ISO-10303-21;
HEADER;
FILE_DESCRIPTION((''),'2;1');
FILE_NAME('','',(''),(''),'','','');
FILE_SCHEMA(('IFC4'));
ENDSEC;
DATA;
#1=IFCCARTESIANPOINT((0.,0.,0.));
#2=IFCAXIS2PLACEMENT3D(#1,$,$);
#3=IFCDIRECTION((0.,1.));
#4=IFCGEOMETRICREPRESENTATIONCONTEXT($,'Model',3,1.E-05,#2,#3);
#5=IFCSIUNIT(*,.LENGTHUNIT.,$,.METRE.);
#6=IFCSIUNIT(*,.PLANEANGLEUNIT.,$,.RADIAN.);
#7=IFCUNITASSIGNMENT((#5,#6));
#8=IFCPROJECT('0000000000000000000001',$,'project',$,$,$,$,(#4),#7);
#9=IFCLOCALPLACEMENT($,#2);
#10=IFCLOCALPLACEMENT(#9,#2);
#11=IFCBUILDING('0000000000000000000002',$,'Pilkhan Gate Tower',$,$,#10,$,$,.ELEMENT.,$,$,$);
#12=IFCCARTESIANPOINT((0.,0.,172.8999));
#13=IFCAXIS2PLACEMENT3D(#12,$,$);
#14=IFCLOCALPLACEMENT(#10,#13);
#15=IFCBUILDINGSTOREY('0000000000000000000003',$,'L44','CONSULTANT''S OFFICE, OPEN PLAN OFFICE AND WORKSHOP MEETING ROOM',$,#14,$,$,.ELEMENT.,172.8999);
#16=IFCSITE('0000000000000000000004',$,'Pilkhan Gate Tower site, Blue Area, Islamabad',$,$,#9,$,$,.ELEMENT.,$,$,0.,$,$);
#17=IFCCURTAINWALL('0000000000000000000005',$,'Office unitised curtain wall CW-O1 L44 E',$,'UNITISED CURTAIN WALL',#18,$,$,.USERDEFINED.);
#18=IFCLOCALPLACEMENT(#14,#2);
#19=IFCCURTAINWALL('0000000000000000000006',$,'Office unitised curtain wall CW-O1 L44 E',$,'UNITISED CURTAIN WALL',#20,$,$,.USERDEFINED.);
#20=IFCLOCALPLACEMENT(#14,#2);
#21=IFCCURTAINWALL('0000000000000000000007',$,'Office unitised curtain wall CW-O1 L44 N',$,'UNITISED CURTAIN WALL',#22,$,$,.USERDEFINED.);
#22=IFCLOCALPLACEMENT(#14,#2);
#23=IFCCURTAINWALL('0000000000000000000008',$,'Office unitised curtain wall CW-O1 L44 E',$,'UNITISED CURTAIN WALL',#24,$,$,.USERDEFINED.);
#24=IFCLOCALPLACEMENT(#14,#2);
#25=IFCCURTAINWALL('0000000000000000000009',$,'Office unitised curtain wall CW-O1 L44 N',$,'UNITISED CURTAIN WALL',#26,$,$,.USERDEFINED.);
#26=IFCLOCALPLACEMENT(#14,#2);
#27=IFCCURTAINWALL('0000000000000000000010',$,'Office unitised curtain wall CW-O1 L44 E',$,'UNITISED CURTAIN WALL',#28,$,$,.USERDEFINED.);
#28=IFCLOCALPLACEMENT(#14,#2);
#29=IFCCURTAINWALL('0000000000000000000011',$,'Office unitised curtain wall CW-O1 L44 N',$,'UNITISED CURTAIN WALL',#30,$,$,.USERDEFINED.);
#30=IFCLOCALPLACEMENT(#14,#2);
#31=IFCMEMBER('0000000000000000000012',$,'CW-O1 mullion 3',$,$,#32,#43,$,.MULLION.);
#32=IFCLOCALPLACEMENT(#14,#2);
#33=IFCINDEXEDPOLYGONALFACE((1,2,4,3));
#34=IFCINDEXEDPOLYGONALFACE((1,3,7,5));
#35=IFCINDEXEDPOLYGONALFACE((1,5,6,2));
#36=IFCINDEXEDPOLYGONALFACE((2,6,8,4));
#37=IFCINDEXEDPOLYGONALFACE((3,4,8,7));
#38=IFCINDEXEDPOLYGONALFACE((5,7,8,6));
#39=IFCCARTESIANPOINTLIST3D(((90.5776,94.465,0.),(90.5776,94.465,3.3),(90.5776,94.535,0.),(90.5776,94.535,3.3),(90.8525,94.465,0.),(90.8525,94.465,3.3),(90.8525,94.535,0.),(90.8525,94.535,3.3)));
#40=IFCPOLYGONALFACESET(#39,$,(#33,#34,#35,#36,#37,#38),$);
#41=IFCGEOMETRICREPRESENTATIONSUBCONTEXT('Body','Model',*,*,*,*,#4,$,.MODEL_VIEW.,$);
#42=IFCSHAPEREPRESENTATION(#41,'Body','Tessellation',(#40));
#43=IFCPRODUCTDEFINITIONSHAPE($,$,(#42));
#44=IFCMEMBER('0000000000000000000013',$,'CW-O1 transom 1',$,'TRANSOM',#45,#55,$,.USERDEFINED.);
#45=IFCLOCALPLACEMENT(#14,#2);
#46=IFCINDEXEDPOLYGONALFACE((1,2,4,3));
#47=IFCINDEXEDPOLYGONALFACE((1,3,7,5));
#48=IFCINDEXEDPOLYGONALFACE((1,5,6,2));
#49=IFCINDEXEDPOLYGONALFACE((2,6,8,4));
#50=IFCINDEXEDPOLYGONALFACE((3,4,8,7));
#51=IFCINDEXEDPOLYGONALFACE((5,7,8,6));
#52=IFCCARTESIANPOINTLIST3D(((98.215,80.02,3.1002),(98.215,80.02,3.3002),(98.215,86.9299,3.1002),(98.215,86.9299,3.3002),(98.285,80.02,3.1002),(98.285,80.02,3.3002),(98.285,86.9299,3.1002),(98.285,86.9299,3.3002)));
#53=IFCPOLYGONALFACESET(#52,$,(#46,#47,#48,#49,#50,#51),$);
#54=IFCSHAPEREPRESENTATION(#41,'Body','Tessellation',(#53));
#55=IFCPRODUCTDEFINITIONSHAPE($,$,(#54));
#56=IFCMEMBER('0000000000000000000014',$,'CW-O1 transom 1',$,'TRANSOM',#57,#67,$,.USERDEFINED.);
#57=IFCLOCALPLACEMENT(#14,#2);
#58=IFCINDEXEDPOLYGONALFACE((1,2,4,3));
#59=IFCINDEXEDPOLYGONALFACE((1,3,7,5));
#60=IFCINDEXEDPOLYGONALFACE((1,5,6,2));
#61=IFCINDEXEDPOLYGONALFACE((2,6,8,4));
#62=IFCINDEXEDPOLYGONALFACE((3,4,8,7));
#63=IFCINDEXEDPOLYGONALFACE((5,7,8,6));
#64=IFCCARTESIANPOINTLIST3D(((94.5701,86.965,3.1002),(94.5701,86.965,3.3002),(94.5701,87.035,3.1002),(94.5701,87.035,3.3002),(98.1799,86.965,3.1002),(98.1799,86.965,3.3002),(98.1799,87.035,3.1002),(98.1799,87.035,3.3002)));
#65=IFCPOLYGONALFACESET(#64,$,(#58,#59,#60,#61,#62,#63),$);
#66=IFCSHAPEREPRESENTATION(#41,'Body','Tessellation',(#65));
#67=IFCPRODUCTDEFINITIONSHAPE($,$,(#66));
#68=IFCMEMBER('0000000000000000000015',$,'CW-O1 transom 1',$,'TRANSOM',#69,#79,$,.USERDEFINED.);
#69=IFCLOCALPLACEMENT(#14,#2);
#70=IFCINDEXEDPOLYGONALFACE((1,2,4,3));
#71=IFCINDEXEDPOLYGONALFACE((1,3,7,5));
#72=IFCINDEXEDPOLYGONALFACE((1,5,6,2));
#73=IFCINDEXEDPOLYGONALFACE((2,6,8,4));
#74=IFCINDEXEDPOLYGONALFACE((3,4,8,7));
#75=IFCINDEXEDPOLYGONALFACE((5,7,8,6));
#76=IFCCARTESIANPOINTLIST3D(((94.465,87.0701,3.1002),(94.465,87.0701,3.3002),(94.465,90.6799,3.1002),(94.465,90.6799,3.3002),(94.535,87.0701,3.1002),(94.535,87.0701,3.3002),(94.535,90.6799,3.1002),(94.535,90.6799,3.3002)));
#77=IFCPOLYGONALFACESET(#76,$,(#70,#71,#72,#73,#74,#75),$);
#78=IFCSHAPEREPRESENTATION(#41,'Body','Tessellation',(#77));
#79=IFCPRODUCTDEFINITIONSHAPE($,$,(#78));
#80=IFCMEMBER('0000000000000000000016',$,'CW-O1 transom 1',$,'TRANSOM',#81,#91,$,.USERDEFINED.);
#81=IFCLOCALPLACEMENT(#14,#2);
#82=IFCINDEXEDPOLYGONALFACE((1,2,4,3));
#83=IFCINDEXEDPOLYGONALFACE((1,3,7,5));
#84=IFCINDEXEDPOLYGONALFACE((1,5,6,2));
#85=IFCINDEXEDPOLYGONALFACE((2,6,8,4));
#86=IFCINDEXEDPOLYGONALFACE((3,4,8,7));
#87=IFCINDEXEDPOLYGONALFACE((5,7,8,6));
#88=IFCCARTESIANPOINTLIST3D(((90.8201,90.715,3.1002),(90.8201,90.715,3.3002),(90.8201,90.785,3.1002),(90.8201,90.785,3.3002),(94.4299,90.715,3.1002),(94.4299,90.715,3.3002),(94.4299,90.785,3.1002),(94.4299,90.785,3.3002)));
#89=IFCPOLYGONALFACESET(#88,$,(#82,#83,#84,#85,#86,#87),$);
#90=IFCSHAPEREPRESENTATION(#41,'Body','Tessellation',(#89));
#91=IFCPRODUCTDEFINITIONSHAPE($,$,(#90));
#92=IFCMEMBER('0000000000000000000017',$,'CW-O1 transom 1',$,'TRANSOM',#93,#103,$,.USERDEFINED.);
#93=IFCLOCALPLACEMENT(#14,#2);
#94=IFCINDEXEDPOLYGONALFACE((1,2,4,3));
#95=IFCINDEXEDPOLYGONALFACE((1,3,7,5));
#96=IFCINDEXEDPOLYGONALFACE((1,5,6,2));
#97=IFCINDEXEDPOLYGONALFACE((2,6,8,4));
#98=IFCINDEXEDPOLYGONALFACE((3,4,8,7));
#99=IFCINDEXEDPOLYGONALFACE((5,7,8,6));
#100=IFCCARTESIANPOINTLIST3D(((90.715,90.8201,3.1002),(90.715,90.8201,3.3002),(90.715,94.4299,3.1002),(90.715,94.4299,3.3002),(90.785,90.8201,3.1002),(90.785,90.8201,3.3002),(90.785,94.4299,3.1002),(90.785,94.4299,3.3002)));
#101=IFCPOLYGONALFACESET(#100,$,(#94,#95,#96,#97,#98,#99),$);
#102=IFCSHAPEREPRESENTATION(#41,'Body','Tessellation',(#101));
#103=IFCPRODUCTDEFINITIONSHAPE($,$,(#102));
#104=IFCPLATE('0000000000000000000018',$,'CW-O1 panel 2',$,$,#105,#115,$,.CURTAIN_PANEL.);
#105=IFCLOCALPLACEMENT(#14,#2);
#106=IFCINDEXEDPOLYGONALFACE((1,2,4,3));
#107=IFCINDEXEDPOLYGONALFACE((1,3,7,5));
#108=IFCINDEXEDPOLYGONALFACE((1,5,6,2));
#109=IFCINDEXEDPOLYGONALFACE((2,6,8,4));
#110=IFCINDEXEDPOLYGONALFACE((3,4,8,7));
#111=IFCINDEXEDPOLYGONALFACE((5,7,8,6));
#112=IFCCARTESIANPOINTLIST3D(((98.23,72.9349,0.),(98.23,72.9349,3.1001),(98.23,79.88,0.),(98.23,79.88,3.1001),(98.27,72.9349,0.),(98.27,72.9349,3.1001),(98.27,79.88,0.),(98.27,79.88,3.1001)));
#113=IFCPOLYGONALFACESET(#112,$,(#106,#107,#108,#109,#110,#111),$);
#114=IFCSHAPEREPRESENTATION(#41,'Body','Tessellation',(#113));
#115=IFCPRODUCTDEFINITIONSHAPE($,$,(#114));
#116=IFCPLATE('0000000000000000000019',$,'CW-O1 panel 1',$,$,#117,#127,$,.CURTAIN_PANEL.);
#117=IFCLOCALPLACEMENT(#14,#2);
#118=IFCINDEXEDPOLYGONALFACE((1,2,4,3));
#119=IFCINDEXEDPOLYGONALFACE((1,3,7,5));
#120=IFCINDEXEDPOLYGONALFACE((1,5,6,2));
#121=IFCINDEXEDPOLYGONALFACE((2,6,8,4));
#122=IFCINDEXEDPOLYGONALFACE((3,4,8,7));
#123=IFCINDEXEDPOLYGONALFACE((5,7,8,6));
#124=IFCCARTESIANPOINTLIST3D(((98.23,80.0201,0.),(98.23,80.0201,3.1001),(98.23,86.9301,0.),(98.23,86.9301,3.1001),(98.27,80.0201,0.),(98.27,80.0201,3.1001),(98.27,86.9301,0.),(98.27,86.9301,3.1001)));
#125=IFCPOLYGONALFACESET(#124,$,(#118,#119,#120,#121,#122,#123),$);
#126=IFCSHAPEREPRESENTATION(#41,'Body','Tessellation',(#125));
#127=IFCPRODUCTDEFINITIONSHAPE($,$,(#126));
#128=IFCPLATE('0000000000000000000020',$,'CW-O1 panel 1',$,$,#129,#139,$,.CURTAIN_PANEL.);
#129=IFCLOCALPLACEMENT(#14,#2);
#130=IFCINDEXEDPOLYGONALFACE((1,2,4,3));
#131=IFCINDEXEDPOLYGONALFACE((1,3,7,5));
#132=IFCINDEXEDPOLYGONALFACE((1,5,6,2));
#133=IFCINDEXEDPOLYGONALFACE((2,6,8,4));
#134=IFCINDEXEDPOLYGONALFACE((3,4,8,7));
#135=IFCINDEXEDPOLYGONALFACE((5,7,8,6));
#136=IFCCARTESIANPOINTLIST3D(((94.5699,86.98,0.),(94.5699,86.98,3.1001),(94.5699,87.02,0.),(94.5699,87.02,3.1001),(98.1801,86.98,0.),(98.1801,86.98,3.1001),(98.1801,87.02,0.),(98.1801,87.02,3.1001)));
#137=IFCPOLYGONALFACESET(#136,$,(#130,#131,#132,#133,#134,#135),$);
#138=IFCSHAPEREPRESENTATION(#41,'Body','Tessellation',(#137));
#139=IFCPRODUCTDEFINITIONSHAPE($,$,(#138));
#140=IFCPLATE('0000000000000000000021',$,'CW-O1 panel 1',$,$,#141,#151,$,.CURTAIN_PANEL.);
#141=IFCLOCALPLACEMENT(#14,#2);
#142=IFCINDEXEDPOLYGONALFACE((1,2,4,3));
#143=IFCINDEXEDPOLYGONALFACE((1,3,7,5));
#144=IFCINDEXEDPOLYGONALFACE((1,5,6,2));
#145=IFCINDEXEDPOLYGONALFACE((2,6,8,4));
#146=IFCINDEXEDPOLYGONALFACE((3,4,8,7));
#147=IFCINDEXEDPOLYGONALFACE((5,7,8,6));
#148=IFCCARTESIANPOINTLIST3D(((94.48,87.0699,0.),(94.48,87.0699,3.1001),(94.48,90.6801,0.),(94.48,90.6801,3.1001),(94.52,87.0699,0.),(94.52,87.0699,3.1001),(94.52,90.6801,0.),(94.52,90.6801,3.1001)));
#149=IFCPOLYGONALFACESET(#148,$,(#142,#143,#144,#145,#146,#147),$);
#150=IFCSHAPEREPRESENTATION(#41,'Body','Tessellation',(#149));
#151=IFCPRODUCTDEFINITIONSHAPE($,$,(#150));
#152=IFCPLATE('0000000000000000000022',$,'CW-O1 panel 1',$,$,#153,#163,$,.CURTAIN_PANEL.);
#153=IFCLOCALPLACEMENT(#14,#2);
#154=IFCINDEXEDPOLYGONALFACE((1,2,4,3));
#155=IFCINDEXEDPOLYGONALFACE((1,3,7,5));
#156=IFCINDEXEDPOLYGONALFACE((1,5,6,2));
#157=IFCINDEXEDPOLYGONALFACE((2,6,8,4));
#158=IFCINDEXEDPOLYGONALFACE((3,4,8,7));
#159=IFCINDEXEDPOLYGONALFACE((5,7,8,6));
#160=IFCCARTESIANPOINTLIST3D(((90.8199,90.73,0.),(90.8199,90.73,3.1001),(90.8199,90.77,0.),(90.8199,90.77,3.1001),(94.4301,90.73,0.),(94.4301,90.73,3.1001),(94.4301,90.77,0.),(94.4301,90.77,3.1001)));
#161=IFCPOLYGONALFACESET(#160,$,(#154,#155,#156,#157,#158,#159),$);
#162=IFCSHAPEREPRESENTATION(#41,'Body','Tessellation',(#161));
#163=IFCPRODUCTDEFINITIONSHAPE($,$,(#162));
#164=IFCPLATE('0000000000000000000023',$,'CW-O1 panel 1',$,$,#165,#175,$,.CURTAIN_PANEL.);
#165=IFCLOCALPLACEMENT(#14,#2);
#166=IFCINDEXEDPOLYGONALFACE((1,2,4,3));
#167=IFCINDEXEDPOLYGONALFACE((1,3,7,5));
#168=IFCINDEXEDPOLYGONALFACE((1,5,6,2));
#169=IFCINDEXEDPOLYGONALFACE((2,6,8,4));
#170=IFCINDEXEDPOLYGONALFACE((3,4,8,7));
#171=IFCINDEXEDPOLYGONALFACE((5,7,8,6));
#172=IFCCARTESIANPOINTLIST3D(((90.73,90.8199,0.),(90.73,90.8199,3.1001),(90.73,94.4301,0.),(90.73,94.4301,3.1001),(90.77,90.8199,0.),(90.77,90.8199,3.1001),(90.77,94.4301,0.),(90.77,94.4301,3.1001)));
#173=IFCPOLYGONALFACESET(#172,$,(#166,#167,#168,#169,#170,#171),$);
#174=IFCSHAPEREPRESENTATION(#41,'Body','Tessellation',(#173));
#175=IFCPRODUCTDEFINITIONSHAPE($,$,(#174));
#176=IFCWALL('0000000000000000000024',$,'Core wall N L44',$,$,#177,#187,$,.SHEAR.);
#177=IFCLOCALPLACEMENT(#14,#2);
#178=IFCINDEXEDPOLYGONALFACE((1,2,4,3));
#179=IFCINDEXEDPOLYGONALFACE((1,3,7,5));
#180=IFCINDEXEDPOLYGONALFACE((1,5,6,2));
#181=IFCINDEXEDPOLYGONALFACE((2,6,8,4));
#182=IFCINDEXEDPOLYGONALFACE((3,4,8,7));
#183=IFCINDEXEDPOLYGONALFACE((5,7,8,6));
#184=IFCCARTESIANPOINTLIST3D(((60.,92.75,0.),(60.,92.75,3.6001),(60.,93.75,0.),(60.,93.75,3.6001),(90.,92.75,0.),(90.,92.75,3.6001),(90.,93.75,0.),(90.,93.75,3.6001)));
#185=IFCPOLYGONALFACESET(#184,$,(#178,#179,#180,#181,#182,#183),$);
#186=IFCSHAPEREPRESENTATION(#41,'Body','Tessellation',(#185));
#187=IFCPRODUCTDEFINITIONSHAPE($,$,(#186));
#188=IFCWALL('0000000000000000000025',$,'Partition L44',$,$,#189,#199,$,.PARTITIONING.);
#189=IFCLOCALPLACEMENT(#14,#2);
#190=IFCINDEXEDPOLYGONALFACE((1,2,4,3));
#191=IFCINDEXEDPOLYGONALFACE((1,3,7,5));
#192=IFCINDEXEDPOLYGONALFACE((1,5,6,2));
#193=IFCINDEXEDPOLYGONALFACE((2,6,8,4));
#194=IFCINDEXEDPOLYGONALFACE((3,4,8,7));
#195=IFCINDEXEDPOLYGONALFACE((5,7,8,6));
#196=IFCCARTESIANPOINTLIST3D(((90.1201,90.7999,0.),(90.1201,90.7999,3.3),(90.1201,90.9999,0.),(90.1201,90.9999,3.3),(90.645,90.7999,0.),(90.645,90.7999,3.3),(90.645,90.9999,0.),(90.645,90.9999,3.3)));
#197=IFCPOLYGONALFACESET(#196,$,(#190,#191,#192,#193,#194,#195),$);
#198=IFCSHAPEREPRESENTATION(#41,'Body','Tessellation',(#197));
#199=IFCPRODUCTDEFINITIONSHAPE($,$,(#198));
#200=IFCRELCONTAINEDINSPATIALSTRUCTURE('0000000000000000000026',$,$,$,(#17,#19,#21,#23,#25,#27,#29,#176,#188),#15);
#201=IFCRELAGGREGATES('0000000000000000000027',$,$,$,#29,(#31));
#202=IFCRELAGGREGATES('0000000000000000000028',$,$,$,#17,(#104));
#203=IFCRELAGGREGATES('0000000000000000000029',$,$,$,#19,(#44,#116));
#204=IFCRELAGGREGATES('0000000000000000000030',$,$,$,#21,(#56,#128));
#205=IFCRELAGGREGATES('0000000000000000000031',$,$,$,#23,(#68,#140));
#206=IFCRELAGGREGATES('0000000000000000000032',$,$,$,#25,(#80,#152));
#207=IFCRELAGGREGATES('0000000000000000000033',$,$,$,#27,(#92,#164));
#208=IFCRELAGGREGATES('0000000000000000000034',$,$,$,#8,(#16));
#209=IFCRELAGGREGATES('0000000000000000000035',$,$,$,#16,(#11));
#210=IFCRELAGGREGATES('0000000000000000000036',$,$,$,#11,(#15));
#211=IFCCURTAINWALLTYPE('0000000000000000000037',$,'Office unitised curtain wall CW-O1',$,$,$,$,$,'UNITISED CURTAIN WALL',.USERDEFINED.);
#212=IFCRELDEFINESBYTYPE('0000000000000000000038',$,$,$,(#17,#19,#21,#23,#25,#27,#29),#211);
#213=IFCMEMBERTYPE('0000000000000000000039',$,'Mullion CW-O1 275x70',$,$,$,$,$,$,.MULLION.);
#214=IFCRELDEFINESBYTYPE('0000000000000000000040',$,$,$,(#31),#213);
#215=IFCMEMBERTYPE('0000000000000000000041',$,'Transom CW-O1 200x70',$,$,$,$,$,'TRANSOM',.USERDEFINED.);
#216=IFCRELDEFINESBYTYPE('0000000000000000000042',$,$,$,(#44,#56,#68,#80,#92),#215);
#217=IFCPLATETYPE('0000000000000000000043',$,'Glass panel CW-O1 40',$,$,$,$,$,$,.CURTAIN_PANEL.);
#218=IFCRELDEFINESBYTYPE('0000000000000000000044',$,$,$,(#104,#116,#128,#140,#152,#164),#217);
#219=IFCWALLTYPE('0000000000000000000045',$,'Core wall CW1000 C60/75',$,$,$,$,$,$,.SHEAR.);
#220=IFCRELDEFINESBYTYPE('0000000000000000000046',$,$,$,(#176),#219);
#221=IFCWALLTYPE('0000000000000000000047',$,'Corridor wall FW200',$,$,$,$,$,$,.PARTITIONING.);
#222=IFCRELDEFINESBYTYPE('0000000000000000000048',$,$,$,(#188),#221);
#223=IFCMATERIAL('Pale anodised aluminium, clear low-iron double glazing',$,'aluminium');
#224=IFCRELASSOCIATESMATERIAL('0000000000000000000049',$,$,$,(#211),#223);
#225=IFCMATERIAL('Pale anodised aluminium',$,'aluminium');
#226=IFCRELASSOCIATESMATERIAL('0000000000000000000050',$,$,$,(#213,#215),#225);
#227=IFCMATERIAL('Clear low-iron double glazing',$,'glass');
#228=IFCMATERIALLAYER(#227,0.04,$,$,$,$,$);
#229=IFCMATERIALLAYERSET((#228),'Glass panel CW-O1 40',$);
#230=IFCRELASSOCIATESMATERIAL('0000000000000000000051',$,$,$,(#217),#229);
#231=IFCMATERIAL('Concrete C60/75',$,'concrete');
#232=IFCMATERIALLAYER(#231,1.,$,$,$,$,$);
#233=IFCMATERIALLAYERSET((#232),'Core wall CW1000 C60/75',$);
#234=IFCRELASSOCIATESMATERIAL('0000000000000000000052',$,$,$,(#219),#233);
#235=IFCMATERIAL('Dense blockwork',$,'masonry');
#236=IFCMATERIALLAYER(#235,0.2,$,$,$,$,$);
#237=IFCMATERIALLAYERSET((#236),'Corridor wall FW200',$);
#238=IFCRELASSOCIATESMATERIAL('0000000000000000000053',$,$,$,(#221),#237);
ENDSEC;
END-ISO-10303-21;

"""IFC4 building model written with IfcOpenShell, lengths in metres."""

from ifc_helpers import new_model, si_unit, direction, frame, frame_2d, origin, origin_2d, place, context, subcontext, project, spatial, rectangle, extrude, material, layer, layer_set, material_profile, profile_set, type_object, element, aggregate, save


model = new_model("IFC4")

# Units and contexts
model_context = context("Model", 3, precision=1e-05, world=origin(), true_north=direction((0.0, 1.0)))
body_context = subcontext(model_context, "Body", "Model", "MODEL_VIEW")
ifc_project = project(units=[si_unit("LENGTHUNIT", "METRE"), si_unit("PLANEANGLEUNIT", "RADIAN")], contexts=[model_context])

# Site, building, storey
site_placement = place(None, origin())
site = spatial("IfcSite", under=ifc_project, at=site_placement, Name="Pilkhan Gate Tower site, Blue Area, Islamabad", CompositionType="ELEMENT", RefElevation=0.0)
building_placement = place(site_placement, origin())
building = spatial("IfcBuilding", under=site, at=building_placement, Name="Pilkhan Gate Tower", CompositionType="ELEMENT")
storey_placement = place(building_placement, frame((0.0, 0.0, 172.8999)))
storey = spatial("IfcBuildingStorey", under=building, at=storey_placement, Name="L44", Description="CONSULTANT'S OFFICE, OPEN PLAN OFFICE AND WORKSHOP MEETING ROOM", CompositionType="ELEMENT", Elevation=172.8999)

# Shared definitions
ifc_material_1 = material(Name="Concrete C60/75", Category="concrete")

# Curtain wall
ifc_material_2 = material(Name="Pale anodised aluminium, clear low-iron double glazing", Category="aluminium")
curtain_wall_type = type_object("IfcCurtainWallType", Name="Office unitised curtain wall CW-O1", ElementType="UNITISED CURTAIN WALL", PredefinedType="USERDEFINED", material=ifc_material_2)
curtain_wall_1_placement = place(storey_placement, origin())
curtain_wall_1 = element("IfcCurtainWall", 1, at=curtain_wall_1_placement, inside=storey, type_object=curtain_wall_type, Name="Office unitised curtain wall CW-O1 L44 E", ObjectType="UNITISED CURTAIN WALL", PredefinedType="USERDEFINED")
ifc_material_3 = material(Name="Pale anodised aluminium", Category="aluminium")
ifc_material_profile_1 = material_profile(ifc_material_3, rectangle(XDim=0.0701, YDim=0.2749, at=origin_2d()), Name="Mullion 275x70")
ifc_profile_set_1 = profile_set([ifc_material_profile_1], Name="Pale anodised aluminium")
member_type_1 = type_object("IfcMemberType", Name="Mullion CW-O1 275x70", PredefinedType="MULLION", material=ifc_profile_set_1)

# Curtain walls
curtain_wall_2_placement = place(storey_placement, origin())
curtain_wall_2 = element("IfcCurtainWall", 2, at=curtain_wall_2_placement, inside=storey, type_object=curtain_wall_type, Name="Office unitised curtain wall CW-O1 L44 E", ObjectType="UNITISED CURTAIN WALL", PredefinedType="USERDEFINED")
curtain_wall_3_placement = place(storey_placement, origin())
curtain_wall_3 = element("IfcCurtainWall", 3, at=curtain_wall_3_placement, inside=storey, type_object=curtain_wall_type, Name="Office unitised curtain wall CW-O1 L44 N", ObjectType="UNITISED CURTAIN WALL", PredefinedType="USERDEFINED")
curtain_wall_4_placement = place(storey_placement, origin())
curtain_wall_4 = element("IfcCurtainWall", 4, at=curtain_wall_4_placement, inside=storey, type_object=curtain_wall_type, Name="Office unitised curtain wall CW-O1 L44 E", ObjectType="UNITISED CURTAIN WALL", PredefinedType="USERDEFINED")
curtain_wall_5_placement = place(storey_placement, origin())
curtain_wall_5 = element("IfcCurtainWall", 5, at=curtain_wall_5_placement, inside=storey, type_object=curtain_wall_type, Name="Office unitised curtain wall CW-O1 L44 N", ObjectType="UNITISED CURTAIN WALL", PredefinedType="USERDEFINED")
curtain_wall_6_placement = place(storey_placement, origin())
curtain_wall_6 = element("IfcCurtainWall", 6, at=curtain_wall_6_placement, inside=storey, type_object=curtain_wall_type, Name="Office unitised curtain wall CW-O1 L44 E", ObjectType="UNITISED CURTAIN WALL", PredefinedType="USERDEFINED")

# Curtain wall, member
curtain_wall_7_placement = place(storey_placement, origin())
curtain_wall_7 = element("IfcCurtainWall", 7, at=curtain_wall_7_placement, inside=storey, type_object=curtain_wall_type, Name="Office unitised curtain wall CW-O1 L44 N", ObjectType="UNITISED CURTAIN WALL", PredefinedType="USERDEFINED")
member_1_placement = place(storey_placement, frame((90.7151, 94.5, 0.0), z_axis=(0.0, 0.0, 1.0), x_axis=(0.0, 1.0, 0.0)))
member_1 = element("IfcMember", 8, at=member_1_placement, type_object=member_type_1, Name="CW-O1 mullion 3", PredefinedType="MULLION", context=body_context, shape_type="SweptSolid", body=[
    extrude(rectangle(XDim=0.0701, YDim=0.2749, at=origin_2d()), origin(), (0.0, 0.0, 1.0), 3.3),
])
aggregate(curtain_wall_7, [member_1])

# Members
ifc_material_profile_2 = material_profile(ifc_material_3, rectangle(XDim=0.0701, YDim=0.2, at=origin_2d()), Name="Transom 200x70")
ifc_profile_set_2 = profile_set([ifc_material_profile_2], Name="Pale anodised aluminium")
member_type_2 = type_object("IfcMemberType", Name="Transom CW-O1 200x70", ElementType="TRANSOM", PredefinedType="USERDEFINED", material=ifc_profile_set_2)
member_2_placement = place(storey_placement, frame((98.25, 80.02, 3.2002), z_axis=(0.0, 1.0, 0.0), x_axis=(-1.0, 0.0, 0.0)))
member_2 = element("IfcMember", 9, at=member_2_placement, type_object=member_type_2, Name="CW-O1 transom 1", ObjectType="TRANSOM", PredefinedType="USERDEFINED", context=body_context, shape_type="SweptSolid", body=[
    extrude(rectangle(XDim=0.0701, YDim=0.2, at=origin_2d()), origin(), (0.0, 0.0, 1.0), 6.9099),
])
member_3_placement = place(storey_placement, frame((94.5701, 87.0, 3.2002), z_axis=(1.0, 0.0, 0.0), x_axis=(0.0, 1.0, 0.0)))
member_3 = element("IfcMember", 10, at=member_3_placement, type_object=member_type_2, Name="CW-O1 transom 1", ObjectType="TRANSOM", PredefinedType="USERDEFINED", context=body_context, shape_type="SweptSolid", body=[
    extrude(rectangle(XDim=0.0701, YDim=0.2, at=origin_2d()), origin(), (0.0, 0.0, 1.0), 3.6099),
])
member_4_placement = place(storey_placement, frame((94.5, 87.0701, 3.2002), z_axis=(0.0, 1.0, 0.0), x_axis=(-1.0, 0.0, 0.0)))
member_4 = element("IfcMember", 11, at=member_4_placement, type_object=member_type_2, Name="CW-O1 transom 1", ObjectType="TRANSOM", PredefinedType="USERDEFINED", context=body_context, shape_type="SweptSolid", body=[
    extrude(rectangle(XDim=0.0701, YDim=0.2, at=origin_2d()), origin(), (0.0, 0.0, 1.0), 3.6099),
])
member_5_placement = place(storey_placement, frame((90.8201, 90.75, 3.2002), z_axis=(1.0, 0.0, 0.0), x_axis=(0.0, 1.0, 0.0)))
member_5 = element("IfcMember", 12, at=member_5_placement, type_object=member_type_2, Name="CW-O1 transom 1", ObjectType="TRANSOM", PredefinedType="USERDEFINED", context=body_context, shape_type="SweptSolid", body=[
    extrude(rectangle(XDim=0.0701, YDim=0.2, at=origin_2d()), origin(), (0.0, 0.0, 1.0), 3.6099),
])
member_6_placement = place(storey_placement, frame((90.75, 90.8201, 3.2002), z_axis=(0.0, 1.0, 0.0), x_axis=(-1.0, 0.0, 0.0)))
member_6 = element("IfcMember", 13, at=member_6_placement, type_object=member_type_2, Name="CW-O1 transom 1", ObjectType="TRANSOM", PredefinedType="USERDEFINED", context=body_context, shape_type="SweptSolid", body=[
    extrude(rectangle(XDim=0.0701, YDim=0.2, at=origin_2d()), origin(), (0.0, 0.0, 1.0), 3.6099),
])

# Plates
ifc_material_4 = material(Name="Clear low-iron double glazing", Category="glass")
ifc_layer_1 = layer(ifc_material_4, 0.04)
ifc_layer_set_1 = layer_set([ifc_layer_1], Name="Glass panel CW-O1 40")
plate_type = type_object("IfcPlateType", Name="Glass panel CW-O1 40", PredefinedType="CURTAIN_PANEL", material=ifc_layer_set_1)
plate_1_placement = place(storey_placement, frame((98.25, 76.4075, 0.0), z_axis=(0.0, 0.0, 1.0), x_axis=(0.0, 1.0, 0.0)))
plate_1 = element("IfcPlate", 14, at=plate_1_placement, type_object=plate_type, Name="CW-O1 panel 2", PredefinedType="CURTAIN_PANEL", context=body_context, shape_type="SweptSolid", body=[
    extrude(rectangle(XDim=6.9451, YDim=0.04, at=origin_2d()), origin(), (0.0, 0.0, 1.0), 3.1001),
])
aggregate(curtain_wall_1, [plate_1])
plate_2_placement = place(storey_placement, frame((98.25, 83.4751, 0.0), z_axis=(0.0, 0.0, 1.0), x_axis=(0.0, 1.0, 0.0)))
plate_2 = element("IfcPlate", 15, at=plate_2_placement, type_object=plate_type, Name="CW-O1 panel 1", PredefinedType="CURTAIN_PANEL", context=body_context, shape_type="SweptSolid", body=[
    extrude(rectangle(XDim=6.9099, YDim=0.04, at=origin_2d()), origin(), (0.0, 0.0, 1.0), 3.1001),
])
aggregate(curtain_wall_2, [member_2, plate_2])
plate_3_placement = place(storey_placement, frame((96.375, 87.0, 0.0), z_axis=(0.0, 0.0, 1.0), x_axis=(1.0, 0.0, 0.0)))
plate_3 = element("IfcPlate", 16, at=plate_3_placement, type_object=plate_type, Name="CW-O1 panel 1", PredefinedType="CURTAIN_PANEL", context=body_context, shape_type="SweptSolid", body=[
    extrude(rectangle(XDim=3.6101, YDim=0.04, at=origin_2d()), origin(), (0.0, 0.0, 1.0), 3.1001),
])
aggregate(curtain_wall_3, [member_3, plate_3])
plate_4_placement = place(storey_placement, frame((94.5, 88.875, 0.0), z_axis=(0.0, 0.0, 1.0), x_axis=(0.0, 1.0, 0.0)))
plate_4 = element("IfcPlate", 17, at=plate_4_placement, type_object=plate_type, Name="CW-O1 panel 1", PredefinedType="CURTAIN_PANEL", context=body_context, shape_type="SweptSolid", body=[
    extrude(rectangle(XDim=3.6101, YDim=0.04, at=origin_2d()), origin(), (0.0, 0.0, 1.0), 3.1001),
])
aggregate(curtain_wall_4, [member_4, plate_4])
plate_5_placement = place(storey_placement, frame((92.625, 90.75, 0.0), z_axis=(0.0, 0.0, 1.0), x_axis=(1.0, 0.0, 0.0)))
plate_5 = element("IfcPlate", 18, at=plate_5_placement, type_object=plate_type, Name="CW-O1 panel 1", PredefinedType="CURTAIN_PANEL", context=body_context, shape_type="SweptSolid", body=[
    extrude(rectangle(XDim=3.6101, YDim=0.04, at=origin_2d()), origin(), (0.0, 0.0, 1.0), 3.1001),
])
aggregate(curtain_wall_5, [member_5, plate_5])
plate_6_placement = place(storey_placement, frame((90.75, 92.625, 0.0), z_axis=(0.0, 0.0, 1.0), x_axis=(0.0, 1.0, 0.0)))
plate_6 = element("IfcPlate", 19, at=plate_6_placement, type_object=plate_type, Name="CW-O1 panel 1", PredefinedType="CURTAIN_PANEL", context=body_context, shape_type="SweptSolid", body=[
    extrude(rectangle(XDim=3.6101, YDim=0.04, at=origin_2d()), origin(), (0.0, 0.0, 1.0), 3.1001),
])
aggregate(curtain_wall_6, [member_6, plate_6])

# Walls
ifc_layer_2 = layer(ifc_material_1, 1.0)
ifc_layer_set_2 = layer_set([ifc_layer_2], Name="Core wall CW1000 C60/75")
wall_type_1 = type_object("IfcWallType", Name="Core wall CW1000 C60/75", PredefinedType="SHEAR", material=ifc_layer_set_2)
wall_1_placement = place(storey_placement, frame((90.0, 93.25, 0.0), z_axis=(0.0, 0.0, 1.0), x_axis=(-1.0, 0.0, 0.0)))
element("IfcWall", 20, at=wall_1_placement, inside=storey, type_object=wall_type_1, Name="Core wall N L44", PredefinedType="SHEAR", context=body_context, shape_type="SweptSolid", body=[
    extrude(rectangle(XDim=30.0, YDim=1.0, at=frame_2d((15.0, 0.0))), origin(), (0.0, 0.0, 1.0), 3.6001),
])
ifc_material_5 = material(Name="Dense blockwork", Category="masonry")
ifc_layer_3 = layer(ifc_material_5, 0.2)
ifc_layer_set_3 = layer_set([ifc_layer_3], Name="Corridor wall FW200")
wall_type_2 = type_object("IfcWallType", Name="Corridor wall FW200", PredefinedType="PARTITIONING", material=ifc_layer_set_3)
wall_2_placement = place(storey_placement, frame((90.1201, 90.8999, 0.0), z_axis=(0.0, 0.0, 1.0), x_axis=(1.0, 0.0, 0.0)))
element("IfcWall", 21, at=wall_2_placement, inside=storey, type_object=wall_type_2, Name="Partition L44", PredefinedType="PARTITIONING", context=body_context, shape_type="SweptSolid", body=[
    extrude(rectangle(XDim=0.5249, YDim=0.2, at=frame_2d((0.2625, 0.0))), origin(), (0.0, 0.0, 1.0), 3.3),
])

save(model, "model.ifc")
